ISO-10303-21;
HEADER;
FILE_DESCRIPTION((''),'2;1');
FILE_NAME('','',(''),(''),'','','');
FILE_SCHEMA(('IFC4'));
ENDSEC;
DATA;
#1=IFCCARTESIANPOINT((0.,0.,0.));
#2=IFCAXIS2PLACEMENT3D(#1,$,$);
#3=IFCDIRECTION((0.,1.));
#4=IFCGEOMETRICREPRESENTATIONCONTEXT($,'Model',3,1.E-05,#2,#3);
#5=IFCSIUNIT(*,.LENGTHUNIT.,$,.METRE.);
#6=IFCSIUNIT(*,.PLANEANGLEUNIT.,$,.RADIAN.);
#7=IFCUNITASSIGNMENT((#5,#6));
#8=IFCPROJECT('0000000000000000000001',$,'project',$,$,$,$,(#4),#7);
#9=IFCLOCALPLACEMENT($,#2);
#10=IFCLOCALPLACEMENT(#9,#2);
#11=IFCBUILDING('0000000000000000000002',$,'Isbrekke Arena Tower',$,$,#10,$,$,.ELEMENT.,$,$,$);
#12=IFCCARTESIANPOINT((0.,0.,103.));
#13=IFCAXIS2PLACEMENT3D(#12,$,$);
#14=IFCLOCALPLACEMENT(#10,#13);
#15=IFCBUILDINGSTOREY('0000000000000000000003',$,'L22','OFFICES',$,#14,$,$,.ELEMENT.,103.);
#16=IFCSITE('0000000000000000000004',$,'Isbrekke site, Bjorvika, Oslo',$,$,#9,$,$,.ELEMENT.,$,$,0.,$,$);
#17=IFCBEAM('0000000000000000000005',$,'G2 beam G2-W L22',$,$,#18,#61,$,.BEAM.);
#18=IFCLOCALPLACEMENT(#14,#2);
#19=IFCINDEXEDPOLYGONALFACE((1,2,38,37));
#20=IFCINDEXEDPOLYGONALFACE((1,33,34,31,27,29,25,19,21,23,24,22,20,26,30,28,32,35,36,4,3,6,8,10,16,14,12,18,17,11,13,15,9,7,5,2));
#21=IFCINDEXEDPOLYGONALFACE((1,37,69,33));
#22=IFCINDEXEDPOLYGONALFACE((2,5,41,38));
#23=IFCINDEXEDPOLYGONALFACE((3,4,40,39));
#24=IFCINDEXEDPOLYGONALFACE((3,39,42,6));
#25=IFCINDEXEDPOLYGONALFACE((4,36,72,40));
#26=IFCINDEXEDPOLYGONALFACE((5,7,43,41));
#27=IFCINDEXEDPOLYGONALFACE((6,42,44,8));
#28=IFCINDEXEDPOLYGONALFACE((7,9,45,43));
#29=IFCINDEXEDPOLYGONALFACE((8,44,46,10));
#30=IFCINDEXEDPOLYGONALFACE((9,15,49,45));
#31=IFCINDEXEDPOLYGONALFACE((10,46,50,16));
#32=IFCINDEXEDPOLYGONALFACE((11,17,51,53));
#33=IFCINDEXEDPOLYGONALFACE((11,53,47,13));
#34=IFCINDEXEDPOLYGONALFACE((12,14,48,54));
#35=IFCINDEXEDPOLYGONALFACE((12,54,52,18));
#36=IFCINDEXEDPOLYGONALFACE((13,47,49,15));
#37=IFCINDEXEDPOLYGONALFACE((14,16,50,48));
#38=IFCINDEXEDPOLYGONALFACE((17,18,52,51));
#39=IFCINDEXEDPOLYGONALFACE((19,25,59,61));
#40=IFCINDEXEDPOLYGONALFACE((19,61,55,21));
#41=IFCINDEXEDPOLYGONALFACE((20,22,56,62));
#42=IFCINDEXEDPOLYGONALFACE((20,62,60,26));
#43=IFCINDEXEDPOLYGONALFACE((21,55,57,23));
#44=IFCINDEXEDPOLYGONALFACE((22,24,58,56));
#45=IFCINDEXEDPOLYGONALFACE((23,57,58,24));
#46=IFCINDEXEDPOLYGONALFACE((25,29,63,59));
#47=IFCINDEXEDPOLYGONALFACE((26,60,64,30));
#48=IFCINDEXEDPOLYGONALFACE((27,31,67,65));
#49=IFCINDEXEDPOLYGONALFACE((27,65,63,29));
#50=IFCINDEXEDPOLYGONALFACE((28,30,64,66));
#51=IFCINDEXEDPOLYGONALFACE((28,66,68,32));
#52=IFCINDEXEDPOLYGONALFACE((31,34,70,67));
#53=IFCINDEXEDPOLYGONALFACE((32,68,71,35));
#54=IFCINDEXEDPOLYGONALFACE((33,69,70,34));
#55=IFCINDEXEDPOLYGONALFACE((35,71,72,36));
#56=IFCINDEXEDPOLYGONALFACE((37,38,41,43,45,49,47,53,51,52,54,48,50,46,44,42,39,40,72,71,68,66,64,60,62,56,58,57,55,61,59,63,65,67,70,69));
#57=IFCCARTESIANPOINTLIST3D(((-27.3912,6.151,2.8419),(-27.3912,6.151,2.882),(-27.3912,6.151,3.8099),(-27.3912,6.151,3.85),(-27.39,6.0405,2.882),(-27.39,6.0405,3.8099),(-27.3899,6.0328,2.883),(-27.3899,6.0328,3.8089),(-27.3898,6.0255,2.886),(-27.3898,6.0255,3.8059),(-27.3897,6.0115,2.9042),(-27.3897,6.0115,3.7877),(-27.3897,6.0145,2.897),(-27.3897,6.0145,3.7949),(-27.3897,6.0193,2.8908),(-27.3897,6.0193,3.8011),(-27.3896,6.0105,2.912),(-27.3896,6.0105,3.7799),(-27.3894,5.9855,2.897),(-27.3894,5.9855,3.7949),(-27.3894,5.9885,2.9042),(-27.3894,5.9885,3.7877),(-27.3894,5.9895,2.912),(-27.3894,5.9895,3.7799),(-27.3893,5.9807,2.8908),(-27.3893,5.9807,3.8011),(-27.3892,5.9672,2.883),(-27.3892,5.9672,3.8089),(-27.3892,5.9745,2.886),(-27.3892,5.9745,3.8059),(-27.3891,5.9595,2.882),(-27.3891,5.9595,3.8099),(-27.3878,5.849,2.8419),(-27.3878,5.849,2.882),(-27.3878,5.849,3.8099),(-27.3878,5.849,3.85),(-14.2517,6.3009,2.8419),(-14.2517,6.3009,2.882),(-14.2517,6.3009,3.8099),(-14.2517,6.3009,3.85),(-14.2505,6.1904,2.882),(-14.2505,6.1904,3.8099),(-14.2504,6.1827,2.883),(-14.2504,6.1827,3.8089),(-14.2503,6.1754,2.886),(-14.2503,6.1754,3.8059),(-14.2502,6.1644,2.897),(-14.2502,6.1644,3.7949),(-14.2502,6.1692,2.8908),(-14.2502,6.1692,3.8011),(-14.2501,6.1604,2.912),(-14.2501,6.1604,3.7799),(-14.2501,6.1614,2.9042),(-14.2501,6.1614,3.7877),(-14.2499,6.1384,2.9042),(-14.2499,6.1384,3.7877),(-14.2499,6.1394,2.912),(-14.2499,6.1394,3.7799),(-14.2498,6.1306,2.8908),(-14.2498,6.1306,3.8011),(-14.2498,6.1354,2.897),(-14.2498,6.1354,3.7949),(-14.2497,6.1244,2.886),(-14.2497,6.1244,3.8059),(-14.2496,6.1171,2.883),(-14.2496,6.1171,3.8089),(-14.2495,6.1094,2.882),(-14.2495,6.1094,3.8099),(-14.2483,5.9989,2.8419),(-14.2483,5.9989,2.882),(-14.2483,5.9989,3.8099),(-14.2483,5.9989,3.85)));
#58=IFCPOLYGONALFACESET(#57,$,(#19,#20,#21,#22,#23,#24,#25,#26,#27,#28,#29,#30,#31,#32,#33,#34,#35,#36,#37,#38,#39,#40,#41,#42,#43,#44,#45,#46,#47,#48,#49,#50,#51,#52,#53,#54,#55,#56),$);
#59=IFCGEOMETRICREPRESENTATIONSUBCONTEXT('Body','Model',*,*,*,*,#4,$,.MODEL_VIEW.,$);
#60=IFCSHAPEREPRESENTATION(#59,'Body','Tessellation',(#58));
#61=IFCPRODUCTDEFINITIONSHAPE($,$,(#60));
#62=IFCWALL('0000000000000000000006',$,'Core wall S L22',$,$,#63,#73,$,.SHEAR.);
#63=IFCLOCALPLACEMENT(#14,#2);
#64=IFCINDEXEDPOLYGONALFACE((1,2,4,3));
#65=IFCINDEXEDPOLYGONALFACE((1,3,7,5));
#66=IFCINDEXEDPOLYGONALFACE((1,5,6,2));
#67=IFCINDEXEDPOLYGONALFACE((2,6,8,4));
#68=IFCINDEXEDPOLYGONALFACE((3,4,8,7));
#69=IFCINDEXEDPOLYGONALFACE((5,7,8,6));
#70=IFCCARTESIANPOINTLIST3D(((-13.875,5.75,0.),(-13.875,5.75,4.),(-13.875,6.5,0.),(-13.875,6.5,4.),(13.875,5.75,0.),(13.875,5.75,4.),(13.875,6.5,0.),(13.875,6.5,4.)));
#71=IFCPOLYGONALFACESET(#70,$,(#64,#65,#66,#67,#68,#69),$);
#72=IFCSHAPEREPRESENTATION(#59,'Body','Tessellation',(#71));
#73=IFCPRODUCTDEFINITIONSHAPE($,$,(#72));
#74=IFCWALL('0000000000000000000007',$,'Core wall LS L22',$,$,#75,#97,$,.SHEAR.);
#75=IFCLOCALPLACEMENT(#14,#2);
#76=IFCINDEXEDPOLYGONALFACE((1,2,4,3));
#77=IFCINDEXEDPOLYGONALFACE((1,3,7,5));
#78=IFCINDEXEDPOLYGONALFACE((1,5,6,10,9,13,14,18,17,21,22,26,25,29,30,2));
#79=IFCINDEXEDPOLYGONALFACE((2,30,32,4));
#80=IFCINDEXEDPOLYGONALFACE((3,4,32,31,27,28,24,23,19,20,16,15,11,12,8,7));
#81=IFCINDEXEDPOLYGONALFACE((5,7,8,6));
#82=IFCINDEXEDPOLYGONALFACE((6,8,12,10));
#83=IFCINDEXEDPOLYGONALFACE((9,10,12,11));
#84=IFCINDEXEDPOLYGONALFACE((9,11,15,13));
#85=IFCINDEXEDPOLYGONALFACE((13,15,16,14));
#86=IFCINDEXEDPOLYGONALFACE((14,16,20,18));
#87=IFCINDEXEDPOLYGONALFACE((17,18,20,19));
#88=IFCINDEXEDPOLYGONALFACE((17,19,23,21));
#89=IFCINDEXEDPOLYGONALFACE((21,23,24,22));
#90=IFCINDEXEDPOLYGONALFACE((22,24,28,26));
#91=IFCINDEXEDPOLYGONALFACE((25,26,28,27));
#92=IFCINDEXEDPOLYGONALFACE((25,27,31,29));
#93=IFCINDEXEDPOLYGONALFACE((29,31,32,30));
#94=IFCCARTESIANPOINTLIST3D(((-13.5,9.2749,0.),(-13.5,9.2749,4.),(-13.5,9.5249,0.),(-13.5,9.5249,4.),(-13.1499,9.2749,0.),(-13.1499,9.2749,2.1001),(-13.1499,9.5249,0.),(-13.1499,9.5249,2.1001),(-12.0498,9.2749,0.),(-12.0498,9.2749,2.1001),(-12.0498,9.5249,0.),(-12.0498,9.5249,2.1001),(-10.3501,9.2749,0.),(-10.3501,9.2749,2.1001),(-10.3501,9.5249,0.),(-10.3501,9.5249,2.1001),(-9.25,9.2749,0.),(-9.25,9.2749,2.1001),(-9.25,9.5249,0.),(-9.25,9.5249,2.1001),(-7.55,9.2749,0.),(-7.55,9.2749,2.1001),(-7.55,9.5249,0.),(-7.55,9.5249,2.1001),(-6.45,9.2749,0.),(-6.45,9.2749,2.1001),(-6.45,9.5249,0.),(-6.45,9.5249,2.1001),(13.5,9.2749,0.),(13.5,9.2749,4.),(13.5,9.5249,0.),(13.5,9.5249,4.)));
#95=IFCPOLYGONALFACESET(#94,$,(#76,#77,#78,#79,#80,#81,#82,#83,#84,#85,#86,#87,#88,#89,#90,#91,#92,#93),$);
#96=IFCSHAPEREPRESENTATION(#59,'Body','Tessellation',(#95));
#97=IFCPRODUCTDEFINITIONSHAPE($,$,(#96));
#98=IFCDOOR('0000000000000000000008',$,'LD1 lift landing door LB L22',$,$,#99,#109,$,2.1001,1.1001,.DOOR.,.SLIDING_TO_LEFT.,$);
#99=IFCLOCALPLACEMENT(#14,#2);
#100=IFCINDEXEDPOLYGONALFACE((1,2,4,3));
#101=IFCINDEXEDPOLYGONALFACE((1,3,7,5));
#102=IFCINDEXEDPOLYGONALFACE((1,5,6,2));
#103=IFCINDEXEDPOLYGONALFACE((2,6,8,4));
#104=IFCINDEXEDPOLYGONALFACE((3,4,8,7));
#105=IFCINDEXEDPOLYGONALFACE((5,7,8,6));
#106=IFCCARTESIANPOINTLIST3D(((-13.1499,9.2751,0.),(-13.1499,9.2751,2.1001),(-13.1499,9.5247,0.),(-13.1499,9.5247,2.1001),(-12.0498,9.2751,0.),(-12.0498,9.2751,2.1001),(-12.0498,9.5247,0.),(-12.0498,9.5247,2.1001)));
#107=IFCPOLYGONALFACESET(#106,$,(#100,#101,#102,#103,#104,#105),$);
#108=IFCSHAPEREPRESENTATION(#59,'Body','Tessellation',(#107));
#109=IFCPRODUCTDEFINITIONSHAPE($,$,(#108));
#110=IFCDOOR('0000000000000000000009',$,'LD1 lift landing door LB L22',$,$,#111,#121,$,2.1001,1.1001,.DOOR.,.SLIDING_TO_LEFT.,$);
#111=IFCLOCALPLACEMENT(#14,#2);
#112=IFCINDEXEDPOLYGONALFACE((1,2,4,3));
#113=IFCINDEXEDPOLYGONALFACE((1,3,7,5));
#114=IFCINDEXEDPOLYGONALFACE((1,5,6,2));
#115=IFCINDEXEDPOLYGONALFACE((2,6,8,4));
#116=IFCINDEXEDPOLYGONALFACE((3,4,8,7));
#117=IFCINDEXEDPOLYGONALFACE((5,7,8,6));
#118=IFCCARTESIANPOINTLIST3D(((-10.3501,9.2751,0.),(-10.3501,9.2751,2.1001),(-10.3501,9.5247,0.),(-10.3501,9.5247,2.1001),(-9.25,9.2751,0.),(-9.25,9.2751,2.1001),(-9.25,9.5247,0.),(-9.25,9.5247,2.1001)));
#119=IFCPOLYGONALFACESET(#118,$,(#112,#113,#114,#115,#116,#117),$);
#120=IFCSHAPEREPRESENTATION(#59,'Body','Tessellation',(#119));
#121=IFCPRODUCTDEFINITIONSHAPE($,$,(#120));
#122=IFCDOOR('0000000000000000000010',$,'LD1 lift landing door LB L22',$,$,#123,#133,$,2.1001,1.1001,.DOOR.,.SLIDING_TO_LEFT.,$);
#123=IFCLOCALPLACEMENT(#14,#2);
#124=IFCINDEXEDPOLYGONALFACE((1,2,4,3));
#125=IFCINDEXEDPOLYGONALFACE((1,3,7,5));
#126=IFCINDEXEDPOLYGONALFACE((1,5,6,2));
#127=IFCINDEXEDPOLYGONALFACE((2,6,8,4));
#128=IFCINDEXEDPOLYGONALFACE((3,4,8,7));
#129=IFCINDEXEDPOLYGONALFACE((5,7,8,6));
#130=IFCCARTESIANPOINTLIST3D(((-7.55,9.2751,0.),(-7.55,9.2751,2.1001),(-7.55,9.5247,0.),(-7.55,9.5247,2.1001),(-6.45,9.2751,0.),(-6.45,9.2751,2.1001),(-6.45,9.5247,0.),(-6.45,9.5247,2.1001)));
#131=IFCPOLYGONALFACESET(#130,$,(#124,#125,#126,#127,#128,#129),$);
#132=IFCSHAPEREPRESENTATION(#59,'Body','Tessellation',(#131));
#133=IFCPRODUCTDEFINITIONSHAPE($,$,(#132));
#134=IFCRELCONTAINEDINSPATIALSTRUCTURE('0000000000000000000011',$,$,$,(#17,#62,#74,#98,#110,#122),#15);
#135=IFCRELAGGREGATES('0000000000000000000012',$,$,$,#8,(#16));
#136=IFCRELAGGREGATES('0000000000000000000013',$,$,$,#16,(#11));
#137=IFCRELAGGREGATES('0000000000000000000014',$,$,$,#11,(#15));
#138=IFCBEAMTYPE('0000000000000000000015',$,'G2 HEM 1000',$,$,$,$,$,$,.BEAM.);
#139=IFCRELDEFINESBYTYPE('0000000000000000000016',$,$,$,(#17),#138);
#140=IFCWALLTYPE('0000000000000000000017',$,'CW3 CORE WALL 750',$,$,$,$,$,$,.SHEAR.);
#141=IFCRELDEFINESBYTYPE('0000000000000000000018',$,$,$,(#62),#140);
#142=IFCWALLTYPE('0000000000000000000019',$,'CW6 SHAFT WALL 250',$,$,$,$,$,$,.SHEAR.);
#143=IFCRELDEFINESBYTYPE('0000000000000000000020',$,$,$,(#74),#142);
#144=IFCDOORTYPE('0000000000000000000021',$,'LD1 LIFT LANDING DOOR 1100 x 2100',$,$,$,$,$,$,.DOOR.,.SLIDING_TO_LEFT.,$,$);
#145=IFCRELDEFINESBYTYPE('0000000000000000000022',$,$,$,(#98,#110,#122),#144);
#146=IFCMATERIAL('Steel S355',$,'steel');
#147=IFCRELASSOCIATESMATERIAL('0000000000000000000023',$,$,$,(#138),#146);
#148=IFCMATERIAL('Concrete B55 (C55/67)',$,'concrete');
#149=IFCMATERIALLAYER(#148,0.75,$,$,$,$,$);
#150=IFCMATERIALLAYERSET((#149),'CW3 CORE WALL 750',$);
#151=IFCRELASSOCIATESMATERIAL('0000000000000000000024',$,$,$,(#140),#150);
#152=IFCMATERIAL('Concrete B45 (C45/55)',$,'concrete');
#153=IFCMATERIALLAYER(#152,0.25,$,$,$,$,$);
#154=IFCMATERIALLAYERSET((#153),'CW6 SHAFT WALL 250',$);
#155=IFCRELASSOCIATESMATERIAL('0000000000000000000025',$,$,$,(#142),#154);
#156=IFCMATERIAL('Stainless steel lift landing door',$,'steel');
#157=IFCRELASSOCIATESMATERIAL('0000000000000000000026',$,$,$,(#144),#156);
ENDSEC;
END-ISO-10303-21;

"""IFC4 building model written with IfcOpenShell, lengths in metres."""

from ifc_helpers import new_model, si_unit, direction, frame, frame_2d, origin, origin_2d, place, context, subcontext, project, spatial, rectangle, i_section, extrude, material, layer, layer_set, material_profile, profile_set, type_object, element, fill, save


model = new_model("IFC4")

# Units and contexts
model_context = context("Model", 3, precision=1e-05, world=origin(), true_north=direction((0.0, 1.0)))
body_context = subcontext(model_context, "Body", "Model", "MODEL_VIEW")
ifc_project = project(units=[si_unit("LENGTHUNIT", "METRE"), si_unit("PLANEANGLEUNIT", "RADIAN")], contexts=[model_context])

# Site, building, storey
site_placement = place(None, origin())
site = spatial("IfcSite", under=ifc_project, at=site_placement, Name="Isbrekke site, Bjorvika, Oslo", CompositionType="ELEMENT", RefElevation=0.0)
building_placement = place(site_placement, origin())
building = spatial("IfcBuilding", under=site, at=building_placement, Name="Isbrekke Arena Tower", CompositionType="ELEMENT")
storey_placement = place(building_placement, frame((0.0, 0.0, 103.0)))
storey = spatial("IfcBuildingStorey", under=building, at=storey_placement, Name="L22", Description="OFFICES", CompositionType="ELEMENT", Elevation=103.0)

# Beam
ifc_material_1 = material(Name="Steel S355", Category="steel")
ifc_material_profile = material_profile(ifc_material_1, i_section(OverallWidth=0.302, OverallDepth=1.0081, WebThickness=0.021, FlangeThickness=0.04, FilletRadius=0.03, at=origin_2d()), Name="HEM 1000")
ifc_profile_set = profile_set([ifc_material_profile], Name="Steel S355")
beam_type = type_object("IfcBeamType", Name="G2 HEM 1000", PredefinedType="BEAM", material=ifc_profile_set)
beam_placement = place(storey_placement, frame((-14.25, 6.1499, 3.3459), z_axis=(-0.999935, -0.011408, 0.0), x_axis=(0.011408, -0.999935, 0.0)))
element("IfcBeam", 1, at=beam_placement, inside=storey, type_object=beam_type, Name="G2 beam G2-W L22", PredefinedType="BEAM", context=body_context, shape_type="SweptSolid", body=[
    extrude(i_section(OverallWidth=0.302, OverallDepth=1.0081, WebThickness=0.021, FlangeThickness=0.04, FilletRadius=0.03, at=origin_2d()), origin(), (0.0, 0.0, 1.0), 13.1404),
])

# Wall
ifc_material_2 = material(Name="Concrete B55 (C55/67)", Category="concrete")
ifc_layer_1 = layer(ifc_material_2, 0.75)
ifc_layer_set_1 = layer_set([ifc_layer_1], Name="CW3 CORE WALL 750")
wall_type_1 = type_object("IfcWallType", Name="CW3 CORE WALL 750", PredefinedType="SHEAR", material=ifc_layer_set_1)
wall_1_placement = place(storey_placement, frame((-13.875, 6.125, 0.0), z_axis=(0.0, 0.0, 1.0), x_axis=(1.0, 0.0, 0.0)))
element("IfcWall", 2, at=wall_1_placement, inside=storey, type_object=wall_type_1, Name="Core wall S L22", PredefinedType="SHEAR", context=body_context, shape_type="SweptSolid", body=[
    extrude(rectangle(XDim=27.75, YDim=0.75, at=frame_2d((13.875, 0.0))), origin(), (0.0, 0.0, 1.0), 4.0),
])

# Wall, openings, doors
ifc_material_3 = material(Name="Concrete B45 (C45/55)", Category="concrete")
ifc_layer_2 = layer(ifc_material_3, 0.25)
ifc_layer_set_2 = layer_set([ifc_layer_2], Name="CW6 SHAFT WALL 250")
wall_type_2 = type_object("IfcWallType", Name="CW6 SHAFT WALL 250", PredefinedType="SHEAR", material=ifc_layer_set_2)
wall_2_placement = place(storey_placement, frame((-13.5, 9.3999, 0.0), z_axis=(0.0, 0.0, 1.0), x_axis=(1.0, 0.0, 0.0)))
wall_2 = element("IfcWall", 3, at=wall_2_placement, inside=storey, type_object=wall_type_2, Name="Core wall LS L22", PredefinedType="SHEAR", context=body_context, shape_type="SweptSolid", body=[
    extrude(rectangle(XDim=27.0, YDim=0.25, at=frame_2d((13.5, 0.0))), origin(), (0.0, 0.0, 1.0), 4.0),
])
opening_1_placement = place(wall_2_placement, frame((0.3501, 0.0, 0.0)))
opening_1 = element("IfcOpeningElement", 4, at=opening_1_placement, cuts=wall_2, PredefinedType="OPENING", context=body_context, shape_type="SweptSolid", body=[
    extrude(rectangle(XDim=1.1001, YDim=2.1001, at=frame_2d((0.55, 1.05))), frame((0.0, 0.1399, 0.0), z_axis=(0.0, -1.0, 0.0), x_axis=(1.0, 0.0, 0.0)), (0.0, 0.0, 1.0), 0.2798),
])
opening_2_placement = place(wall_2_placement, frame((3.1499, 0.0, 0.0)))
opening_2 = element("IfcOpeningElement", 5, at=opening_2_placement, cuts=wall_2, PredefinedType="OPENING", context=body_context, shape_type="SweptSolid", body=[
    extrude(rectangle(XDim=1.1001, YDim=2.1001, at=frame_2d((0.55, 1.05))), frame((0.0, 0.1399, 0.0), z_axis=(0.0, -1.0, 0.0), x_axis=(1.0, 0.0, 0.0)), (0.0, 0.0, 1.0), 0.2798),
])
opening_3_placement = place(wall_2_placement, frame((5.95, 0.0, 0.0)))
opening_3 = element("IfcOpeningElement", 6, at=opening_3_placement, cuts=wall_2, PredefinedType="OPENING", context=body_context, shape_type="SweptSolid", body=[
    extrude(rectangle(XDim=1.1001, YDim=2.1001, at=frame_2d((0.55, 1.05))), frame((0.0, 0.1399, 0.0), z_axis=(0.0, -1.0, 0.0), x_axis=(1.0, 0.0, 0.0)), (0.0, 0.0, 1.0), 0.2798),
])
ifc_material_4 = material(Name="Stainless steel lift landing door", Category="steel")
door_type_1 = type_object("IfcDoorType", Name="LD1 LIFT LANDING DOOR 1100 x 2100", OperationType="SLIDING_TO_LEFT", PredefinedType="DOOR", material=ifc_material_4)
door_1_placement = place(opening_1_placement, origin())
door_1 = element("IfcDoor", 7, at=door_1_placement, inside=storey, type_object=door_type_1, Name="LD1 lift landing door LB L22", OperationType="SLIDING_TO_LEFT", OverallHeight=2.1001, OverallWidth=1.1001, PredefinedType="DOOR", context=body_context, shape_type="SweptSolid", body=[
    extrude(rectangle(XDim=1.1001, YDim=2.1001, at=frame_2d((0.55, 1.05))), frame((0.0, 0.1248, 0.0), z_axis=(0.0, -1.0, 0.0), x_axis=(1.0, 0.0, 0.0)), (0.0, 0.0, 1.0), 0.2495),
])
fill(opening_1, door_1)
door_2_placement = place(opening_2_placement, origin())
door_2 = element("IfcDoor", 8, at=door_2_placement, inside=storey, type_object=door_type_1, Name="LD1 lift landing door LB L22", OperationType="SLIDING_TO_LEFT", OverallHeight=2.1001, OverallWidth=1.1001, PredefinedType="DOOR", context=body_context, shape_type="SweptSolid", body=[
    extrude(rectangle(XDim=1.1001, YDim=2.1001, at=frame_2d((0.55, 1.05))), frame((0.0, 0.1248, 0.0), z_axis=(0.0, -1.0, 0.0), x_axis=(1.0, 0.0, 0.0)), (0.0, 0.0, 1.0), 0.2495),
])
fill(opening_2, door_2)
door_3_placement = place(opening_3_placement, origin())
door_3 = element("IfcDoor", 9, at=door_3_placement, inside=storey, type_object=door_type_1, Name="LD1 lift landing door LB L22", OperationType="SLIDING_TO_LEFT", OverallHeight=2.1001, OverallWidth=1.1001, PredefinedType="DOOR", context=body_context, shape_type="SweptSolid", body=[
    extrude(rectangle(XDim=1.1001, YDim=2.1001, at=frame_2d((0.55, 1.05))), frame((0.0, 0.1248, 0.0), z_axis=(0.0, -1.0, 0.0), x_axis=(1.0, 0.0, 0.0)), (0.0, 0.0, 1.0), 0.2495),
])
fill(opening_3, door_3)

save(model, "model.ifc")
